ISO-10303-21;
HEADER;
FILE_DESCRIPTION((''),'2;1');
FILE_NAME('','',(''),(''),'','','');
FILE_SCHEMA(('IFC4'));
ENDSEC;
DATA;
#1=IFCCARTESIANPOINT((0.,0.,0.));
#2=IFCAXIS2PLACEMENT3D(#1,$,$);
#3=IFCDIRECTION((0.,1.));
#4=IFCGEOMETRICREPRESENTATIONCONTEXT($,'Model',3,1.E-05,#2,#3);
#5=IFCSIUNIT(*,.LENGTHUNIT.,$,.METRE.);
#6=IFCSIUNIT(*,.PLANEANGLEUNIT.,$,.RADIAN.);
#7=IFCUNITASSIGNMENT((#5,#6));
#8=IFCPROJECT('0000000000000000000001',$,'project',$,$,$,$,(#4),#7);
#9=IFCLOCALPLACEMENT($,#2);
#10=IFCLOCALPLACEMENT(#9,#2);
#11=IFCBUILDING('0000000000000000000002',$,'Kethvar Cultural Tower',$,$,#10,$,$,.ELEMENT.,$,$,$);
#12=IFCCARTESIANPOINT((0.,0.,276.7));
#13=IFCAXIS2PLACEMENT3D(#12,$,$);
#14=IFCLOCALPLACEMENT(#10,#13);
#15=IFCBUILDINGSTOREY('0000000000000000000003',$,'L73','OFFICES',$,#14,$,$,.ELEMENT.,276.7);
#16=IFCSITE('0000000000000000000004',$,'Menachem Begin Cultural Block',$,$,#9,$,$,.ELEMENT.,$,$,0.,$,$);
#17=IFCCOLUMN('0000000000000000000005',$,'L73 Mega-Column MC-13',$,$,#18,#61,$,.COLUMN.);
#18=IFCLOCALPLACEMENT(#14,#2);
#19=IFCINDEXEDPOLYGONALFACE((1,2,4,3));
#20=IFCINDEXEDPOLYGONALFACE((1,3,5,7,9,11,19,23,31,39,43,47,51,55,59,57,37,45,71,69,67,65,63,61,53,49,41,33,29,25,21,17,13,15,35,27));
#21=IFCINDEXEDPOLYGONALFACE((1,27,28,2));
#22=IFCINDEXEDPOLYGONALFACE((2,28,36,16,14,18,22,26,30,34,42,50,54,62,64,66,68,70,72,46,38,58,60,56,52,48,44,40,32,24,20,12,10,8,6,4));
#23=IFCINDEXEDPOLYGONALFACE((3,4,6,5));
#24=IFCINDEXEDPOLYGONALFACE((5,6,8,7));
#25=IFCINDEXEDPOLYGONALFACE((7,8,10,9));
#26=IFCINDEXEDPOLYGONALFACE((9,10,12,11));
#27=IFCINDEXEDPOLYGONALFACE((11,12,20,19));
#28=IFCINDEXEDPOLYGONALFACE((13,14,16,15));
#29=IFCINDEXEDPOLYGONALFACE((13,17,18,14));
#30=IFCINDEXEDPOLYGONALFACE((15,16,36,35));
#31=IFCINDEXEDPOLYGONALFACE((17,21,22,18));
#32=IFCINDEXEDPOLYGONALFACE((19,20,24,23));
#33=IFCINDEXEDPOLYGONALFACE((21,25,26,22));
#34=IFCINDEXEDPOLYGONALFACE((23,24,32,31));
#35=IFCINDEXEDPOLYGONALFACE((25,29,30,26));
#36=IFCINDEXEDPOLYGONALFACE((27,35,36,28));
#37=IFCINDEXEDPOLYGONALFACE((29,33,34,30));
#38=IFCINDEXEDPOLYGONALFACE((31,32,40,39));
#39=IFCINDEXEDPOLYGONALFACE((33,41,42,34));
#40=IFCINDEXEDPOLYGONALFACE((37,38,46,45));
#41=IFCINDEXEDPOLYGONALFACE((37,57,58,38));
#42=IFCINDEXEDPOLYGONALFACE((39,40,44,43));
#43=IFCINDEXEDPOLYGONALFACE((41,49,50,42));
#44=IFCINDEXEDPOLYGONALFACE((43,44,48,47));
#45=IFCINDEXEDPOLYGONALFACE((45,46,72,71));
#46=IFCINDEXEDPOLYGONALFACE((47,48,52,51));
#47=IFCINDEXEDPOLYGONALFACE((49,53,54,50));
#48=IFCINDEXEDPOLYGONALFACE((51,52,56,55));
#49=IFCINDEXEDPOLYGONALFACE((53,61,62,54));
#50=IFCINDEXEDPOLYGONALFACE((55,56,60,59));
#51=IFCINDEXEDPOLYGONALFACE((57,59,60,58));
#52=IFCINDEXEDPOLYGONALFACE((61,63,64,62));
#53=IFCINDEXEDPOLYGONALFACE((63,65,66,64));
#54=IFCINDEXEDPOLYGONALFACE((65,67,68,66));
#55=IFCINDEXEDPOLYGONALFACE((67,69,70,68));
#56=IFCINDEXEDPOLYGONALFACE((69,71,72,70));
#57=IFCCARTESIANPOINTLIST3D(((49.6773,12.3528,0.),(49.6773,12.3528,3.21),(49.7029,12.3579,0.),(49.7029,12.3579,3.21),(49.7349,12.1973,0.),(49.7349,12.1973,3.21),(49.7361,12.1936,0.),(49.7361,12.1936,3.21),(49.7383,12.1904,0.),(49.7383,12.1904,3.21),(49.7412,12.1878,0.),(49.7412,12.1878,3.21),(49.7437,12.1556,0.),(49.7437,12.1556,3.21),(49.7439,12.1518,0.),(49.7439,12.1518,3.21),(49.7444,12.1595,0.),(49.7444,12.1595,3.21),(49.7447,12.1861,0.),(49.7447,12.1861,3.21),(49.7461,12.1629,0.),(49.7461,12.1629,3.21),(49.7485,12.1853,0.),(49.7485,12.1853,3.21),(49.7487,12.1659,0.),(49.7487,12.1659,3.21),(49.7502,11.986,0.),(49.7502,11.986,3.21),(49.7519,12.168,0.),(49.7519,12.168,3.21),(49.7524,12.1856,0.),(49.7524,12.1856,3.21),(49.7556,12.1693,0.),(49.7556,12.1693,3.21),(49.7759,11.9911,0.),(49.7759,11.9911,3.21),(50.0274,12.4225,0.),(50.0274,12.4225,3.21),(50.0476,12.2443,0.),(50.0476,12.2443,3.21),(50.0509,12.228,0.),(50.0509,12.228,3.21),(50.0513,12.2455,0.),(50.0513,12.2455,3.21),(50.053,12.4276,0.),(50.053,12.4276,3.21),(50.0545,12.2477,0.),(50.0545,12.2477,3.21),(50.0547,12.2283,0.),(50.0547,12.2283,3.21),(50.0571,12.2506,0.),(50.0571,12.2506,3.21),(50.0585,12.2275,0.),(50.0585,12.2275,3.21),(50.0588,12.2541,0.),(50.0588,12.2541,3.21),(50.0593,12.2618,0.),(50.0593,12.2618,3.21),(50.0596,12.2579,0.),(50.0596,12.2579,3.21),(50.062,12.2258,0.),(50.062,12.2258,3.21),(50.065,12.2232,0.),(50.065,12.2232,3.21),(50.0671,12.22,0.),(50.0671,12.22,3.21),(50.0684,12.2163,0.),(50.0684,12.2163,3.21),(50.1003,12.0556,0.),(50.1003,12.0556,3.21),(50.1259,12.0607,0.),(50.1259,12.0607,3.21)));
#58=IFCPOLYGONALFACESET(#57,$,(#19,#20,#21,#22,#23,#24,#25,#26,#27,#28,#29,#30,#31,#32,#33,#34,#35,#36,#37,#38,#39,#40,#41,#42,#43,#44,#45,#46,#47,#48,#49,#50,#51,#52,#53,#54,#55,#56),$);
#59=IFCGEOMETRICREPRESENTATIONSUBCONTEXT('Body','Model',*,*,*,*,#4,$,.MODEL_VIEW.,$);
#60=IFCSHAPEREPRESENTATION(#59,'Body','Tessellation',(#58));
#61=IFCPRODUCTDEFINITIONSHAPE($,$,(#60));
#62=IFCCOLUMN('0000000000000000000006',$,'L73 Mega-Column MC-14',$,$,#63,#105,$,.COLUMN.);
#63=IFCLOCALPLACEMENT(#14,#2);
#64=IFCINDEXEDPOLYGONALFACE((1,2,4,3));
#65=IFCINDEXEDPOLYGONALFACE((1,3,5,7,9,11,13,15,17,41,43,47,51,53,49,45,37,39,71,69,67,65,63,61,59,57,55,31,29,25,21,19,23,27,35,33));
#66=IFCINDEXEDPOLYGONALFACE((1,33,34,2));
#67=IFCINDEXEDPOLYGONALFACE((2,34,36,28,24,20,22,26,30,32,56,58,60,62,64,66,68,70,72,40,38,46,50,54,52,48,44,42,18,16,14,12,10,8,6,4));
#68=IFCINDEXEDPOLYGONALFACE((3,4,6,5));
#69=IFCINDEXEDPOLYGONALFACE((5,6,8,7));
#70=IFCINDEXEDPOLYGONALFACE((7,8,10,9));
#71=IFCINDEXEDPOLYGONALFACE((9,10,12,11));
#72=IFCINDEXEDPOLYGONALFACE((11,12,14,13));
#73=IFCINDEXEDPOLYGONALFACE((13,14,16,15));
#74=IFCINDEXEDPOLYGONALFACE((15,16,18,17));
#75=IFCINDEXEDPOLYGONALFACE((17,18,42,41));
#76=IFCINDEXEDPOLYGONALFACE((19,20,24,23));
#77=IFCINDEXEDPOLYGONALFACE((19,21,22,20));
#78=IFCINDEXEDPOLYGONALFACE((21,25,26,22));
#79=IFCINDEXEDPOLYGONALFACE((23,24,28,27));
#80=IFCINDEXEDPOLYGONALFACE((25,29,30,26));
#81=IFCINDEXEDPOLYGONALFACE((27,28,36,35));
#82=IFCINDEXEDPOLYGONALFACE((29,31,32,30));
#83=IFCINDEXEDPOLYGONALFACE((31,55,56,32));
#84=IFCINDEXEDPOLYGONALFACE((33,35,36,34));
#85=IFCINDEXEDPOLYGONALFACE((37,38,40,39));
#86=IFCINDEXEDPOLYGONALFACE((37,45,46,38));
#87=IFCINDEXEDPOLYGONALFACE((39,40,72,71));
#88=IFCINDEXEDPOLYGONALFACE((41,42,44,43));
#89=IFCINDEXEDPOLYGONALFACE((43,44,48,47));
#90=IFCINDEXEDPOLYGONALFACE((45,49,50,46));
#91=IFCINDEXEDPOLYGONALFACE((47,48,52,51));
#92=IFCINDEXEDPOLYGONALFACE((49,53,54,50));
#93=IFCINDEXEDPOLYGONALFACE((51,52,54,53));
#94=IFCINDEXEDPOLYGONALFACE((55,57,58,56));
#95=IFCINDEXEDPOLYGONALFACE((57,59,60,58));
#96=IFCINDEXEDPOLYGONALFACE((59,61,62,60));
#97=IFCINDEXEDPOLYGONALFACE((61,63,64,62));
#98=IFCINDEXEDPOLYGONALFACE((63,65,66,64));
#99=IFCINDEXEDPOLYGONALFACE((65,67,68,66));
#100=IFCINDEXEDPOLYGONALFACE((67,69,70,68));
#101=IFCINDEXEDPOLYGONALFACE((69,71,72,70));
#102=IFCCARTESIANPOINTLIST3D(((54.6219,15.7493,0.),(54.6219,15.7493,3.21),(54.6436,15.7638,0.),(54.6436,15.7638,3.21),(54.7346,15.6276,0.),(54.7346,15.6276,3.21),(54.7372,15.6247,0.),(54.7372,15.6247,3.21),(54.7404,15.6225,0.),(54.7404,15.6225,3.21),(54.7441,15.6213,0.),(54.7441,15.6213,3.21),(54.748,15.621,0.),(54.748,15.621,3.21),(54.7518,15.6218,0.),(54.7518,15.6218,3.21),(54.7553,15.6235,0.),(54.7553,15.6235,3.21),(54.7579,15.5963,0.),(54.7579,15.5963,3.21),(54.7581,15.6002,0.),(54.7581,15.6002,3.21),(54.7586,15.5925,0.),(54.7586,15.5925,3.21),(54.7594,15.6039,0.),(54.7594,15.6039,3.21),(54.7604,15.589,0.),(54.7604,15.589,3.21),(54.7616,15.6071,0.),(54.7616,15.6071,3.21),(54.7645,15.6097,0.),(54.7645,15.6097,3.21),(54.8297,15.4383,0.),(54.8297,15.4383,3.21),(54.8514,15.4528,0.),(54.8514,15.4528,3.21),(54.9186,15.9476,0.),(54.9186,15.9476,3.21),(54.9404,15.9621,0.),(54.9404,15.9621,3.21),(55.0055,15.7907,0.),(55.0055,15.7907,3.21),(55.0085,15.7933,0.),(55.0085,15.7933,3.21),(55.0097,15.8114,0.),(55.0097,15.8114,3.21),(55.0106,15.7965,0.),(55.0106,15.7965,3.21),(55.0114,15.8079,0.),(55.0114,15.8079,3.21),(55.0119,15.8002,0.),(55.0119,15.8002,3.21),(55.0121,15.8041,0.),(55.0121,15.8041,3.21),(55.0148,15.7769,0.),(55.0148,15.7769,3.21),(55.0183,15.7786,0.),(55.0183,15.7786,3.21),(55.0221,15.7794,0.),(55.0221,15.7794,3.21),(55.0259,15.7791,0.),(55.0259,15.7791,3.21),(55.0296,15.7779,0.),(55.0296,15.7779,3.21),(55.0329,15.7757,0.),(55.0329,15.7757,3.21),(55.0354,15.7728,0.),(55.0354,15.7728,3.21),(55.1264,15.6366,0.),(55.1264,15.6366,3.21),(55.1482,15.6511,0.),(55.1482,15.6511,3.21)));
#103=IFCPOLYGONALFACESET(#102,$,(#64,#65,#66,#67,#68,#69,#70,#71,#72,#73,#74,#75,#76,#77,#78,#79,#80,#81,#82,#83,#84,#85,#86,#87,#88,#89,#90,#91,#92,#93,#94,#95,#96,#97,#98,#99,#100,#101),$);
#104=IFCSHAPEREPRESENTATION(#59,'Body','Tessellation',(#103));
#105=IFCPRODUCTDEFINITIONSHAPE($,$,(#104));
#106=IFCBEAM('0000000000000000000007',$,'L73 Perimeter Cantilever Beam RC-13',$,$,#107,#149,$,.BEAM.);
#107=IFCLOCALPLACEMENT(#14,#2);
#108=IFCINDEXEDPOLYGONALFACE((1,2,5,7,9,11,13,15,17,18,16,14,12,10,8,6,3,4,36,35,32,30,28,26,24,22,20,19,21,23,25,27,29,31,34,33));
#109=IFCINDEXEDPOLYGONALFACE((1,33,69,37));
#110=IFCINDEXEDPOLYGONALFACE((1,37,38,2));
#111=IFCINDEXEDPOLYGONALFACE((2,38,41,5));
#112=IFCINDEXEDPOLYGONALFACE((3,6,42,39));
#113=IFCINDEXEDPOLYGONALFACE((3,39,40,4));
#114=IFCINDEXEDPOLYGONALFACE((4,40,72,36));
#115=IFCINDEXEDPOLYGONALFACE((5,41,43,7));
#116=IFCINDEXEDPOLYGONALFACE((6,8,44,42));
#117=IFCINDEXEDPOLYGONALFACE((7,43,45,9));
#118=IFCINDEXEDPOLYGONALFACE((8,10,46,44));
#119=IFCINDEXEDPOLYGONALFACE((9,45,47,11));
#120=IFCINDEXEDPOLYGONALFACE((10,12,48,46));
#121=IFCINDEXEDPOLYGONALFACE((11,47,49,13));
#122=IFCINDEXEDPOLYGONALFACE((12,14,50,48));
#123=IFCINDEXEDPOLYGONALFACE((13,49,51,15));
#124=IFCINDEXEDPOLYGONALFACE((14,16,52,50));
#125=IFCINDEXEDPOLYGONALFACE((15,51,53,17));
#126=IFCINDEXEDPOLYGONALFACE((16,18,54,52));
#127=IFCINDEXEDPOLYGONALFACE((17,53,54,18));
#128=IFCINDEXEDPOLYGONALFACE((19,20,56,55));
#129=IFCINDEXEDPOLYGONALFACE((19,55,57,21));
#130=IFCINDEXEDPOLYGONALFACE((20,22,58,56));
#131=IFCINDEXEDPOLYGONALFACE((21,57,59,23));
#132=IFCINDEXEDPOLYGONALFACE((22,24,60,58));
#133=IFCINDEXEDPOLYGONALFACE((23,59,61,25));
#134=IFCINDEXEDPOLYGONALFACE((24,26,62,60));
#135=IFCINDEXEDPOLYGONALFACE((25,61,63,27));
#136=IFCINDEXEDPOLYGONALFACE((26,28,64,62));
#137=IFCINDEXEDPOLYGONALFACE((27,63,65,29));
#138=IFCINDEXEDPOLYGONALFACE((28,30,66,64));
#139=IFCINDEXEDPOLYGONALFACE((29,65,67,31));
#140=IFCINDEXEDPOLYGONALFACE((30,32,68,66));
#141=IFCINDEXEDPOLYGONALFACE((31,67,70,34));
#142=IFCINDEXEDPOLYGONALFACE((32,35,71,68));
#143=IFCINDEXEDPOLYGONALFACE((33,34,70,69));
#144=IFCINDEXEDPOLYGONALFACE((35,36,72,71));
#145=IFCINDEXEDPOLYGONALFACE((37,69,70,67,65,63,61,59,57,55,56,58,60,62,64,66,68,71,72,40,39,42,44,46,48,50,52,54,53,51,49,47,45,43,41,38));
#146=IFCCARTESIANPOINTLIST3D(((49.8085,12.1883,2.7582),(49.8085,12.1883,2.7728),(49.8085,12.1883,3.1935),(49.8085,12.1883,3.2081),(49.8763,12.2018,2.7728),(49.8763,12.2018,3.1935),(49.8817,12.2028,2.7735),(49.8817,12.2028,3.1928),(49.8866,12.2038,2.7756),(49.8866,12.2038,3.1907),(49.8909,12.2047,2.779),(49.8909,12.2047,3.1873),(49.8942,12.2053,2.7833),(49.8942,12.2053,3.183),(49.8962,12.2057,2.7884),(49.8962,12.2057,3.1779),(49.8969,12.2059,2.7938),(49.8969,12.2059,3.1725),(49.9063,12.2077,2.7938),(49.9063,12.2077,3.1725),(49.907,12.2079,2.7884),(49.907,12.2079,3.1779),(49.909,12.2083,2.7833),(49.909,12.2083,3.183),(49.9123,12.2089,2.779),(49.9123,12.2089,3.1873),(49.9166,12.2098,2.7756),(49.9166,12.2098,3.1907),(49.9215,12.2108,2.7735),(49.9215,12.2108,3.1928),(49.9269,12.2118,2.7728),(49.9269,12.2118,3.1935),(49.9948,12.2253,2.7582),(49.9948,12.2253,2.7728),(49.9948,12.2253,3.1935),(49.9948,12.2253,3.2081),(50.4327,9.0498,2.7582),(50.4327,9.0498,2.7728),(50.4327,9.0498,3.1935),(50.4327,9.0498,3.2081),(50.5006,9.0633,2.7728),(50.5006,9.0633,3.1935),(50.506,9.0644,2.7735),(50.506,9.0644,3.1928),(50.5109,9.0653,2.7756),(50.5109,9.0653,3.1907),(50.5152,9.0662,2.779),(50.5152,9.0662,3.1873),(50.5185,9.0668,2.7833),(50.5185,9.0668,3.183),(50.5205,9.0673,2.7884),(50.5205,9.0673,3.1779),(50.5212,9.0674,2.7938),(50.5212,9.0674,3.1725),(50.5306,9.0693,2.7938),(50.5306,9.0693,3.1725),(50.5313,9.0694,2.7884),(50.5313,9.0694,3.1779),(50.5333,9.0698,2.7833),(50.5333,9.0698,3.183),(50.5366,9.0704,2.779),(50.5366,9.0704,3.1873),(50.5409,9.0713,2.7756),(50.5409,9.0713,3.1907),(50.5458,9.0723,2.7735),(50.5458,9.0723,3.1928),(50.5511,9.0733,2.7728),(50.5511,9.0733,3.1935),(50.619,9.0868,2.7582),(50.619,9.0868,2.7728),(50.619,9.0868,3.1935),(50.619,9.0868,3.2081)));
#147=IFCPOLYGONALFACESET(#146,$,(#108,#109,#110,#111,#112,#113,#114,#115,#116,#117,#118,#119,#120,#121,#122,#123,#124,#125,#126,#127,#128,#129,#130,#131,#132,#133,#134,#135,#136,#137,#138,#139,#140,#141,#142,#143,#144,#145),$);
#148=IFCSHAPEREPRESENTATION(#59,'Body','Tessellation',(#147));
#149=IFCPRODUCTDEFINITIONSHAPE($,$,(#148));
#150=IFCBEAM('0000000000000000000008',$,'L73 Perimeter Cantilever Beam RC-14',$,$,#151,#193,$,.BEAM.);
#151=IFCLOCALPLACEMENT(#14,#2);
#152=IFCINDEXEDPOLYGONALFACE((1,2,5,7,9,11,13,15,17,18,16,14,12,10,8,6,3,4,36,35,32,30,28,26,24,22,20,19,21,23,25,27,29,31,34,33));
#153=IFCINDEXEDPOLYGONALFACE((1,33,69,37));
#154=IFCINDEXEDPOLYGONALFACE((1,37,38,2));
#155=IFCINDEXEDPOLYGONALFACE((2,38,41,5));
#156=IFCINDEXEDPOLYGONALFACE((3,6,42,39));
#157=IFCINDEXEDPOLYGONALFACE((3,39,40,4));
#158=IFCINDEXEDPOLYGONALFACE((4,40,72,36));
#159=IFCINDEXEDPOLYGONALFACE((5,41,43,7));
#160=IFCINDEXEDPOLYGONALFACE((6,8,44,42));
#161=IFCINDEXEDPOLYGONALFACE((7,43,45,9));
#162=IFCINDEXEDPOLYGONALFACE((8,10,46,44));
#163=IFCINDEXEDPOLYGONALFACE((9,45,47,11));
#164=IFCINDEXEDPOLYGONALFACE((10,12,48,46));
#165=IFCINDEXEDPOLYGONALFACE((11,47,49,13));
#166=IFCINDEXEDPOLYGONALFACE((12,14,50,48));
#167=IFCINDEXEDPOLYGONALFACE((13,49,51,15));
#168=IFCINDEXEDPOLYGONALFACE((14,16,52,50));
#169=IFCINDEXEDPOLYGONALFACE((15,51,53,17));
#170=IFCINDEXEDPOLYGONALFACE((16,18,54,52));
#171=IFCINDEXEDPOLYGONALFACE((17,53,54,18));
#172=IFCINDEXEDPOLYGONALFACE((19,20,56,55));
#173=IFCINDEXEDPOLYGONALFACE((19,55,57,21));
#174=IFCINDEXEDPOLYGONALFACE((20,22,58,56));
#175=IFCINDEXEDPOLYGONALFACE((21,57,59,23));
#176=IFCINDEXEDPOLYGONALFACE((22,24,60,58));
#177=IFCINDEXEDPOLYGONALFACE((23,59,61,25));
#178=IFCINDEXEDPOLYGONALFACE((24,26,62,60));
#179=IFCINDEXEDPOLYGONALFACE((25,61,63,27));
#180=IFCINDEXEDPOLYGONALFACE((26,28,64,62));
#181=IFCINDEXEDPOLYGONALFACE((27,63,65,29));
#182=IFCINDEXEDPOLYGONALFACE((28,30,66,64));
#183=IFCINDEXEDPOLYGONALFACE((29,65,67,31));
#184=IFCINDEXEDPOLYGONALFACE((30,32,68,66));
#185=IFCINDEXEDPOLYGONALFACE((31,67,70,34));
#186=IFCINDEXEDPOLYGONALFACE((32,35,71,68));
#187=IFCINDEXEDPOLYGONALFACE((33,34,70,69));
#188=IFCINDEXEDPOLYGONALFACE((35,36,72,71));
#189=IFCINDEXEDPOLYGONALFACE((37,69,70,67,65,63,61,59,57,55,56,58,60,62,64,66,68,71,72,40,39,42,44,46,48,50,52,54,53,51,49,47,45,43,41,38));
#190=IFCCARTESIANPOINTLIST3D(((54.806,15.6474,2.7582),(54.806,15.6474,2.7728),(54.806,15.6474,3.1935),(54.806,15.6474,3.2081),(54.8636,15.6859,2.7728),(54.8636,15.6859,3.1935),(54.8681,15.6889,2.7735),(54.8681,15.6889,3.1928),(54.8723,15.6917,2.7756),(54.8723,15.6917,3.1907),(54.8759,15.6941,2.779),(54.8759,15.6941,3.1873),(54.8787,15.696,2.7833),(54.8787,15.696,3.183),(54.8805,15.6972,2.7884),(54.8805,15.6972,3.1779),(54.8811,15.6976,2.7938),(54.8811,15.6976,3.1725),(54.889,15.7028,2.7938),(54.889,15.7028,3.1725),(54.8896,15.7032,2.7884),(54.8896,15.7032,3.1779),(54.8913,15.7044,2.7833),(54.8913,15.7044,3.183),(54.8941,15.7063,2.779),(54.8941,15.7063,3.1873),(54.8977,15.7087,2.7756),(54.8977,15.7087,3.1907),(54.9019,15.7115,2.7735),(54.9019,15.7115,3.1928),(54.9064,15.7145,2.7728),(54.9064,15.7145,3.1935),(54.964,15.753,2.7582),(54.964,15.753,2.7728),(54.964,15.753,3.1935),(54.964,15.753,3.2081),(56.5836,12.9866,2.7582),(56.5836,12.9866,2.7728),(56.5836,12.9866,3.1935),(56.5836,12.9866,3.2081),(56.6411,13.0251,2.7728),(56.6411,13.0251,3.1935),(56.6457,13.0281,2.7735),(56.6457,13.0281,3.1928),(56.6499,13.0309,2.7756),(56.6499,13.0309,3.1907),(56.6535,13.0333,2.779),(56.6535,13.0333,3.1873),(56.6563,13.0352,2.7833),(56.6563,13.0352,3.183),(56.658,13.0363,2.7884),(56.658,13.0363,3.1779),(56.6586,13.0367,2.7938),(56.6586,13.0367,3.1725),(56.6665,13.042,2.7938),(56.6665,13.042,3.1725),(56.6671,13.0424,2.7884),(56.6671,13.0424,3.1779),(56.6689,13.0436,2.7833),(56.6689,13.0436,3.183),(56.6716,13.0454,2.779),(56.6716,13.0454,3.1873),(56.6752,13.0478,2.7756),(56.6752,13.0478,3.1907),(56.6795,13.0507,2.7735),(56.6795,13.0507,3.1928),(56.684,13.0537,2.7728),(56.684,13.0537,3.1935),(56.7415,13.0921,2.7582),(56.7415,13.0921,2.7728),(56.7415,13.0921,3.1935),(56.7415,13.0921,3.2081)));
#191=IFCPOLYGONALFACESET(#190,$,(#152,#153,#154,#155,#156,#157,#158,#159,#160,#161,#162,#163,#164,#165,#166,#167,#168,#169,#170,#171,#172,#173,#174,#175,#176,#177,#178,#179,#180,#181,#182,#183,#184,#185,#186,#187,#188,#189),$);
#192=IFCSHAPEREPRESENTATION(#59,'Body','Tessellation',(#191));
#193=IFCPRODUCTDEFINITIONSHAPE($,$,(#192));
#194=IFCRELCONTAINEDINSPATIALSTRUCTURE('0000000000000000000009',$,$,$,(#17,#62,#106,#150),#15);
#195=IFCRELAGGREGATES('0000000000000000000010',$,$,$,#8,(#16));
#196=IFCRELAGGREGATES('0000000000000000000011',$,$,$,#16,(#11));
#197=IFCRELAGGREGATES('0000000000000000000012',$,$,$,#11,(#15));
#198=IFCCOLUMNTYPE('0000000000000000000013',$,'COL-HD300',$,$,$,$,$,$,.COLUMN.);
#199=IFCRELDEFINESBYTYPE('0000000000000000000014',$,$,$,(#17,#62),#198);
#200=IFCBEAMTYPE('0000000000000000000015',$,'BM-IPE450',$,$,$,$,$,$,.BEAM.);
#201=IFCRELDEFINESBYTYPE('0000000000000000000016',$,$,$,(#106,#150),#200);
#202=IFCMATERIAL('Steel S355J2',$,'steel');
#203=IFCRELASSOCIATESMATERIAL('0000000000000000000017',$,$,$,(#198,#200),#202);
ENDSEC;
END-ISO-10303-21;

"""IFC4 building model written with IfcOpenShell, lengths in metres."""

from ifc_helpers import new_model, si_unit, direction, frame, origin, origin_2d, place, context, subcontext, project, spatial, i_section, extrude, source, transform, mapped, material, material_profile, profile_set, type_object, element, save


model = new_model("IFC4")

# Units and contexts
model_context = context("Model", 3, precision=1e-05, world=origin(), true_north=direction((0.0, 1.0)))
body_context = subcontext(model_context, "Body", "Model", "MODEL_VIEW")
ifc_project = project(units=[si_unit("LENGTHUNIT", "METRE"), si_unit("PLANEANGLEUNIT", "RADIAN")], contexts=[model_context])

# Site, building, storey
site_placement = place(None, origin())
site = spatial("IfcSite", under=ifc_project, at=site_placement, Name="Menachem Begin Cultural Block", CompositionType="ELEMENT", RefElevation=0.0)
building_placement = place(site_placement, origin())
building = spatial("IfcBuilding", under=site, at=building_placement, Name="Kethvar Cultural Tower", CompositionType="ELEMENT")
storey_placement = place(building_placement, frame((0.0, 0.0, 276.7)))
storey = spatial("IfcBuildingStorey", under=building, at=storey_placement, Name="L73", Description="OFFICES", CompositionType="ELEMENT", Elevation=276.7)

# Columns
ifc_material_1 = material(Name="Steel S355J2", Category="steel")
ifc_material_profile_1 = material_profile(ifc_material_1, i_section(OverallWidth=0.374, OverallDepth=0.3831, WebThickness=0.0166, FlangeThickness=0.0261, FilletRadius=0.0149, at=origin_2d()), Name="Steel S355J2 — HD360x300")
ifc_profile_set_1 = profile_set([ifc_material_profile_1], Name="Steel S355J2 — HD360x300")
column_type = type_object("IfcColumnType", Name="COL-HD300", PredefinedType="COLUMN", material=ifc_profile_set_1)
shared_shape_1 = source(origin(), body_context, "Body", "SweptSolid", [
    extrude(i_section(OverallWidth=0.374, OverallDepth=0.3831, WebThickness=0.0166, FlangeThickness=0.0261, FilletRadius=0.0149, at=origin_2d()), origin(), (0.0, 0.0, 1.0), 3.21),
])
for number, where, z_axis, x_axis, name in (
    (1, (49.9016, 12.2068, 0.0), (0.0, 0.0, 1.0), (0.19509, -0.980785, 0.0), "L73 Mega-Column MC-13"),
    (2, (54.885, 15.7002, 0.0), (0.0, 0.0, 1.0), (0.55557, -0.83147, 0.0), "L73 Mega-Column MC-14"),
):
    element("IfcColumn", number, at=place(storey_placement, frame(where, z_axis=z_axis, x_axis=x_axis)), inside=storey, type_object=column_type, Name=name, PredefinedType="COLUMN", context=body_context, shape_type="MappedRepresentation", body=[
        mapped(shared_shape_1, transform((0.0, 0.0, 0.0), scale=1.0)),
    ])

# Beams
ifc_material_profile_2 = material_profile(ifc_material_1, i_section(OverallWidth=0.1899, OverallDepth=0.45, WebThickness=0.0095, FlangeThickness=0.0146, FilletRadius=0.021, at=origin_2d()), Name="Steel S355J2 — IPE450")
ifc_profile_set_2 = profile_set([ifc_material_profile_2], Name="Steel S355J2 — IPE450")
beam_type_1 = type_object("IfcBeamType", Name="BM-IPE450", PredefinedType="BEAM", material=ifc_profile_set_2)
shared_shape_2 = source(origin(), body_context, "Body", "SweptSolid", [
    extrude(i_section(OverallWidth=0.1899, OverallDepth=0.45, WebThickness=0.0095, FlangeThickness=0.0146, FilletRadius=0.021, at=origin_2d()), origin(), (0.0, 0.0, 1.0), 3.2),
])
for number, where, z_axis, x_axis, name in (
    (3, (49.9016, 12.2068, 2.9832), (0.195089, -0.980786, 0.0), (0.980786, 0.195089, 0.0), "L73 Perimeter Cantilever Beam RC-13"),
    (4, (54.885, 15.7002, 2.9832), (0.555492, -0.831522, 0.0), (0.831522, 0.555492, 0.0), "L73 Perimeter Cantilever Beam RC-14"),
):
    element("IfcBeam", number, at=place(storey_placement, frame(where, z_axis=z_axis, x_axis=x_axis)), inside=storey, type_object=beam_type_1, Name=name, PredefinedType="BEAM", context=body_context, shape_type="MappedRepresentation", body=[
        mapped(shared_shape_2, transform((0.0, 0.0, 0.0), scale=1.0)),
    ])

save(model, "model.ifc")
